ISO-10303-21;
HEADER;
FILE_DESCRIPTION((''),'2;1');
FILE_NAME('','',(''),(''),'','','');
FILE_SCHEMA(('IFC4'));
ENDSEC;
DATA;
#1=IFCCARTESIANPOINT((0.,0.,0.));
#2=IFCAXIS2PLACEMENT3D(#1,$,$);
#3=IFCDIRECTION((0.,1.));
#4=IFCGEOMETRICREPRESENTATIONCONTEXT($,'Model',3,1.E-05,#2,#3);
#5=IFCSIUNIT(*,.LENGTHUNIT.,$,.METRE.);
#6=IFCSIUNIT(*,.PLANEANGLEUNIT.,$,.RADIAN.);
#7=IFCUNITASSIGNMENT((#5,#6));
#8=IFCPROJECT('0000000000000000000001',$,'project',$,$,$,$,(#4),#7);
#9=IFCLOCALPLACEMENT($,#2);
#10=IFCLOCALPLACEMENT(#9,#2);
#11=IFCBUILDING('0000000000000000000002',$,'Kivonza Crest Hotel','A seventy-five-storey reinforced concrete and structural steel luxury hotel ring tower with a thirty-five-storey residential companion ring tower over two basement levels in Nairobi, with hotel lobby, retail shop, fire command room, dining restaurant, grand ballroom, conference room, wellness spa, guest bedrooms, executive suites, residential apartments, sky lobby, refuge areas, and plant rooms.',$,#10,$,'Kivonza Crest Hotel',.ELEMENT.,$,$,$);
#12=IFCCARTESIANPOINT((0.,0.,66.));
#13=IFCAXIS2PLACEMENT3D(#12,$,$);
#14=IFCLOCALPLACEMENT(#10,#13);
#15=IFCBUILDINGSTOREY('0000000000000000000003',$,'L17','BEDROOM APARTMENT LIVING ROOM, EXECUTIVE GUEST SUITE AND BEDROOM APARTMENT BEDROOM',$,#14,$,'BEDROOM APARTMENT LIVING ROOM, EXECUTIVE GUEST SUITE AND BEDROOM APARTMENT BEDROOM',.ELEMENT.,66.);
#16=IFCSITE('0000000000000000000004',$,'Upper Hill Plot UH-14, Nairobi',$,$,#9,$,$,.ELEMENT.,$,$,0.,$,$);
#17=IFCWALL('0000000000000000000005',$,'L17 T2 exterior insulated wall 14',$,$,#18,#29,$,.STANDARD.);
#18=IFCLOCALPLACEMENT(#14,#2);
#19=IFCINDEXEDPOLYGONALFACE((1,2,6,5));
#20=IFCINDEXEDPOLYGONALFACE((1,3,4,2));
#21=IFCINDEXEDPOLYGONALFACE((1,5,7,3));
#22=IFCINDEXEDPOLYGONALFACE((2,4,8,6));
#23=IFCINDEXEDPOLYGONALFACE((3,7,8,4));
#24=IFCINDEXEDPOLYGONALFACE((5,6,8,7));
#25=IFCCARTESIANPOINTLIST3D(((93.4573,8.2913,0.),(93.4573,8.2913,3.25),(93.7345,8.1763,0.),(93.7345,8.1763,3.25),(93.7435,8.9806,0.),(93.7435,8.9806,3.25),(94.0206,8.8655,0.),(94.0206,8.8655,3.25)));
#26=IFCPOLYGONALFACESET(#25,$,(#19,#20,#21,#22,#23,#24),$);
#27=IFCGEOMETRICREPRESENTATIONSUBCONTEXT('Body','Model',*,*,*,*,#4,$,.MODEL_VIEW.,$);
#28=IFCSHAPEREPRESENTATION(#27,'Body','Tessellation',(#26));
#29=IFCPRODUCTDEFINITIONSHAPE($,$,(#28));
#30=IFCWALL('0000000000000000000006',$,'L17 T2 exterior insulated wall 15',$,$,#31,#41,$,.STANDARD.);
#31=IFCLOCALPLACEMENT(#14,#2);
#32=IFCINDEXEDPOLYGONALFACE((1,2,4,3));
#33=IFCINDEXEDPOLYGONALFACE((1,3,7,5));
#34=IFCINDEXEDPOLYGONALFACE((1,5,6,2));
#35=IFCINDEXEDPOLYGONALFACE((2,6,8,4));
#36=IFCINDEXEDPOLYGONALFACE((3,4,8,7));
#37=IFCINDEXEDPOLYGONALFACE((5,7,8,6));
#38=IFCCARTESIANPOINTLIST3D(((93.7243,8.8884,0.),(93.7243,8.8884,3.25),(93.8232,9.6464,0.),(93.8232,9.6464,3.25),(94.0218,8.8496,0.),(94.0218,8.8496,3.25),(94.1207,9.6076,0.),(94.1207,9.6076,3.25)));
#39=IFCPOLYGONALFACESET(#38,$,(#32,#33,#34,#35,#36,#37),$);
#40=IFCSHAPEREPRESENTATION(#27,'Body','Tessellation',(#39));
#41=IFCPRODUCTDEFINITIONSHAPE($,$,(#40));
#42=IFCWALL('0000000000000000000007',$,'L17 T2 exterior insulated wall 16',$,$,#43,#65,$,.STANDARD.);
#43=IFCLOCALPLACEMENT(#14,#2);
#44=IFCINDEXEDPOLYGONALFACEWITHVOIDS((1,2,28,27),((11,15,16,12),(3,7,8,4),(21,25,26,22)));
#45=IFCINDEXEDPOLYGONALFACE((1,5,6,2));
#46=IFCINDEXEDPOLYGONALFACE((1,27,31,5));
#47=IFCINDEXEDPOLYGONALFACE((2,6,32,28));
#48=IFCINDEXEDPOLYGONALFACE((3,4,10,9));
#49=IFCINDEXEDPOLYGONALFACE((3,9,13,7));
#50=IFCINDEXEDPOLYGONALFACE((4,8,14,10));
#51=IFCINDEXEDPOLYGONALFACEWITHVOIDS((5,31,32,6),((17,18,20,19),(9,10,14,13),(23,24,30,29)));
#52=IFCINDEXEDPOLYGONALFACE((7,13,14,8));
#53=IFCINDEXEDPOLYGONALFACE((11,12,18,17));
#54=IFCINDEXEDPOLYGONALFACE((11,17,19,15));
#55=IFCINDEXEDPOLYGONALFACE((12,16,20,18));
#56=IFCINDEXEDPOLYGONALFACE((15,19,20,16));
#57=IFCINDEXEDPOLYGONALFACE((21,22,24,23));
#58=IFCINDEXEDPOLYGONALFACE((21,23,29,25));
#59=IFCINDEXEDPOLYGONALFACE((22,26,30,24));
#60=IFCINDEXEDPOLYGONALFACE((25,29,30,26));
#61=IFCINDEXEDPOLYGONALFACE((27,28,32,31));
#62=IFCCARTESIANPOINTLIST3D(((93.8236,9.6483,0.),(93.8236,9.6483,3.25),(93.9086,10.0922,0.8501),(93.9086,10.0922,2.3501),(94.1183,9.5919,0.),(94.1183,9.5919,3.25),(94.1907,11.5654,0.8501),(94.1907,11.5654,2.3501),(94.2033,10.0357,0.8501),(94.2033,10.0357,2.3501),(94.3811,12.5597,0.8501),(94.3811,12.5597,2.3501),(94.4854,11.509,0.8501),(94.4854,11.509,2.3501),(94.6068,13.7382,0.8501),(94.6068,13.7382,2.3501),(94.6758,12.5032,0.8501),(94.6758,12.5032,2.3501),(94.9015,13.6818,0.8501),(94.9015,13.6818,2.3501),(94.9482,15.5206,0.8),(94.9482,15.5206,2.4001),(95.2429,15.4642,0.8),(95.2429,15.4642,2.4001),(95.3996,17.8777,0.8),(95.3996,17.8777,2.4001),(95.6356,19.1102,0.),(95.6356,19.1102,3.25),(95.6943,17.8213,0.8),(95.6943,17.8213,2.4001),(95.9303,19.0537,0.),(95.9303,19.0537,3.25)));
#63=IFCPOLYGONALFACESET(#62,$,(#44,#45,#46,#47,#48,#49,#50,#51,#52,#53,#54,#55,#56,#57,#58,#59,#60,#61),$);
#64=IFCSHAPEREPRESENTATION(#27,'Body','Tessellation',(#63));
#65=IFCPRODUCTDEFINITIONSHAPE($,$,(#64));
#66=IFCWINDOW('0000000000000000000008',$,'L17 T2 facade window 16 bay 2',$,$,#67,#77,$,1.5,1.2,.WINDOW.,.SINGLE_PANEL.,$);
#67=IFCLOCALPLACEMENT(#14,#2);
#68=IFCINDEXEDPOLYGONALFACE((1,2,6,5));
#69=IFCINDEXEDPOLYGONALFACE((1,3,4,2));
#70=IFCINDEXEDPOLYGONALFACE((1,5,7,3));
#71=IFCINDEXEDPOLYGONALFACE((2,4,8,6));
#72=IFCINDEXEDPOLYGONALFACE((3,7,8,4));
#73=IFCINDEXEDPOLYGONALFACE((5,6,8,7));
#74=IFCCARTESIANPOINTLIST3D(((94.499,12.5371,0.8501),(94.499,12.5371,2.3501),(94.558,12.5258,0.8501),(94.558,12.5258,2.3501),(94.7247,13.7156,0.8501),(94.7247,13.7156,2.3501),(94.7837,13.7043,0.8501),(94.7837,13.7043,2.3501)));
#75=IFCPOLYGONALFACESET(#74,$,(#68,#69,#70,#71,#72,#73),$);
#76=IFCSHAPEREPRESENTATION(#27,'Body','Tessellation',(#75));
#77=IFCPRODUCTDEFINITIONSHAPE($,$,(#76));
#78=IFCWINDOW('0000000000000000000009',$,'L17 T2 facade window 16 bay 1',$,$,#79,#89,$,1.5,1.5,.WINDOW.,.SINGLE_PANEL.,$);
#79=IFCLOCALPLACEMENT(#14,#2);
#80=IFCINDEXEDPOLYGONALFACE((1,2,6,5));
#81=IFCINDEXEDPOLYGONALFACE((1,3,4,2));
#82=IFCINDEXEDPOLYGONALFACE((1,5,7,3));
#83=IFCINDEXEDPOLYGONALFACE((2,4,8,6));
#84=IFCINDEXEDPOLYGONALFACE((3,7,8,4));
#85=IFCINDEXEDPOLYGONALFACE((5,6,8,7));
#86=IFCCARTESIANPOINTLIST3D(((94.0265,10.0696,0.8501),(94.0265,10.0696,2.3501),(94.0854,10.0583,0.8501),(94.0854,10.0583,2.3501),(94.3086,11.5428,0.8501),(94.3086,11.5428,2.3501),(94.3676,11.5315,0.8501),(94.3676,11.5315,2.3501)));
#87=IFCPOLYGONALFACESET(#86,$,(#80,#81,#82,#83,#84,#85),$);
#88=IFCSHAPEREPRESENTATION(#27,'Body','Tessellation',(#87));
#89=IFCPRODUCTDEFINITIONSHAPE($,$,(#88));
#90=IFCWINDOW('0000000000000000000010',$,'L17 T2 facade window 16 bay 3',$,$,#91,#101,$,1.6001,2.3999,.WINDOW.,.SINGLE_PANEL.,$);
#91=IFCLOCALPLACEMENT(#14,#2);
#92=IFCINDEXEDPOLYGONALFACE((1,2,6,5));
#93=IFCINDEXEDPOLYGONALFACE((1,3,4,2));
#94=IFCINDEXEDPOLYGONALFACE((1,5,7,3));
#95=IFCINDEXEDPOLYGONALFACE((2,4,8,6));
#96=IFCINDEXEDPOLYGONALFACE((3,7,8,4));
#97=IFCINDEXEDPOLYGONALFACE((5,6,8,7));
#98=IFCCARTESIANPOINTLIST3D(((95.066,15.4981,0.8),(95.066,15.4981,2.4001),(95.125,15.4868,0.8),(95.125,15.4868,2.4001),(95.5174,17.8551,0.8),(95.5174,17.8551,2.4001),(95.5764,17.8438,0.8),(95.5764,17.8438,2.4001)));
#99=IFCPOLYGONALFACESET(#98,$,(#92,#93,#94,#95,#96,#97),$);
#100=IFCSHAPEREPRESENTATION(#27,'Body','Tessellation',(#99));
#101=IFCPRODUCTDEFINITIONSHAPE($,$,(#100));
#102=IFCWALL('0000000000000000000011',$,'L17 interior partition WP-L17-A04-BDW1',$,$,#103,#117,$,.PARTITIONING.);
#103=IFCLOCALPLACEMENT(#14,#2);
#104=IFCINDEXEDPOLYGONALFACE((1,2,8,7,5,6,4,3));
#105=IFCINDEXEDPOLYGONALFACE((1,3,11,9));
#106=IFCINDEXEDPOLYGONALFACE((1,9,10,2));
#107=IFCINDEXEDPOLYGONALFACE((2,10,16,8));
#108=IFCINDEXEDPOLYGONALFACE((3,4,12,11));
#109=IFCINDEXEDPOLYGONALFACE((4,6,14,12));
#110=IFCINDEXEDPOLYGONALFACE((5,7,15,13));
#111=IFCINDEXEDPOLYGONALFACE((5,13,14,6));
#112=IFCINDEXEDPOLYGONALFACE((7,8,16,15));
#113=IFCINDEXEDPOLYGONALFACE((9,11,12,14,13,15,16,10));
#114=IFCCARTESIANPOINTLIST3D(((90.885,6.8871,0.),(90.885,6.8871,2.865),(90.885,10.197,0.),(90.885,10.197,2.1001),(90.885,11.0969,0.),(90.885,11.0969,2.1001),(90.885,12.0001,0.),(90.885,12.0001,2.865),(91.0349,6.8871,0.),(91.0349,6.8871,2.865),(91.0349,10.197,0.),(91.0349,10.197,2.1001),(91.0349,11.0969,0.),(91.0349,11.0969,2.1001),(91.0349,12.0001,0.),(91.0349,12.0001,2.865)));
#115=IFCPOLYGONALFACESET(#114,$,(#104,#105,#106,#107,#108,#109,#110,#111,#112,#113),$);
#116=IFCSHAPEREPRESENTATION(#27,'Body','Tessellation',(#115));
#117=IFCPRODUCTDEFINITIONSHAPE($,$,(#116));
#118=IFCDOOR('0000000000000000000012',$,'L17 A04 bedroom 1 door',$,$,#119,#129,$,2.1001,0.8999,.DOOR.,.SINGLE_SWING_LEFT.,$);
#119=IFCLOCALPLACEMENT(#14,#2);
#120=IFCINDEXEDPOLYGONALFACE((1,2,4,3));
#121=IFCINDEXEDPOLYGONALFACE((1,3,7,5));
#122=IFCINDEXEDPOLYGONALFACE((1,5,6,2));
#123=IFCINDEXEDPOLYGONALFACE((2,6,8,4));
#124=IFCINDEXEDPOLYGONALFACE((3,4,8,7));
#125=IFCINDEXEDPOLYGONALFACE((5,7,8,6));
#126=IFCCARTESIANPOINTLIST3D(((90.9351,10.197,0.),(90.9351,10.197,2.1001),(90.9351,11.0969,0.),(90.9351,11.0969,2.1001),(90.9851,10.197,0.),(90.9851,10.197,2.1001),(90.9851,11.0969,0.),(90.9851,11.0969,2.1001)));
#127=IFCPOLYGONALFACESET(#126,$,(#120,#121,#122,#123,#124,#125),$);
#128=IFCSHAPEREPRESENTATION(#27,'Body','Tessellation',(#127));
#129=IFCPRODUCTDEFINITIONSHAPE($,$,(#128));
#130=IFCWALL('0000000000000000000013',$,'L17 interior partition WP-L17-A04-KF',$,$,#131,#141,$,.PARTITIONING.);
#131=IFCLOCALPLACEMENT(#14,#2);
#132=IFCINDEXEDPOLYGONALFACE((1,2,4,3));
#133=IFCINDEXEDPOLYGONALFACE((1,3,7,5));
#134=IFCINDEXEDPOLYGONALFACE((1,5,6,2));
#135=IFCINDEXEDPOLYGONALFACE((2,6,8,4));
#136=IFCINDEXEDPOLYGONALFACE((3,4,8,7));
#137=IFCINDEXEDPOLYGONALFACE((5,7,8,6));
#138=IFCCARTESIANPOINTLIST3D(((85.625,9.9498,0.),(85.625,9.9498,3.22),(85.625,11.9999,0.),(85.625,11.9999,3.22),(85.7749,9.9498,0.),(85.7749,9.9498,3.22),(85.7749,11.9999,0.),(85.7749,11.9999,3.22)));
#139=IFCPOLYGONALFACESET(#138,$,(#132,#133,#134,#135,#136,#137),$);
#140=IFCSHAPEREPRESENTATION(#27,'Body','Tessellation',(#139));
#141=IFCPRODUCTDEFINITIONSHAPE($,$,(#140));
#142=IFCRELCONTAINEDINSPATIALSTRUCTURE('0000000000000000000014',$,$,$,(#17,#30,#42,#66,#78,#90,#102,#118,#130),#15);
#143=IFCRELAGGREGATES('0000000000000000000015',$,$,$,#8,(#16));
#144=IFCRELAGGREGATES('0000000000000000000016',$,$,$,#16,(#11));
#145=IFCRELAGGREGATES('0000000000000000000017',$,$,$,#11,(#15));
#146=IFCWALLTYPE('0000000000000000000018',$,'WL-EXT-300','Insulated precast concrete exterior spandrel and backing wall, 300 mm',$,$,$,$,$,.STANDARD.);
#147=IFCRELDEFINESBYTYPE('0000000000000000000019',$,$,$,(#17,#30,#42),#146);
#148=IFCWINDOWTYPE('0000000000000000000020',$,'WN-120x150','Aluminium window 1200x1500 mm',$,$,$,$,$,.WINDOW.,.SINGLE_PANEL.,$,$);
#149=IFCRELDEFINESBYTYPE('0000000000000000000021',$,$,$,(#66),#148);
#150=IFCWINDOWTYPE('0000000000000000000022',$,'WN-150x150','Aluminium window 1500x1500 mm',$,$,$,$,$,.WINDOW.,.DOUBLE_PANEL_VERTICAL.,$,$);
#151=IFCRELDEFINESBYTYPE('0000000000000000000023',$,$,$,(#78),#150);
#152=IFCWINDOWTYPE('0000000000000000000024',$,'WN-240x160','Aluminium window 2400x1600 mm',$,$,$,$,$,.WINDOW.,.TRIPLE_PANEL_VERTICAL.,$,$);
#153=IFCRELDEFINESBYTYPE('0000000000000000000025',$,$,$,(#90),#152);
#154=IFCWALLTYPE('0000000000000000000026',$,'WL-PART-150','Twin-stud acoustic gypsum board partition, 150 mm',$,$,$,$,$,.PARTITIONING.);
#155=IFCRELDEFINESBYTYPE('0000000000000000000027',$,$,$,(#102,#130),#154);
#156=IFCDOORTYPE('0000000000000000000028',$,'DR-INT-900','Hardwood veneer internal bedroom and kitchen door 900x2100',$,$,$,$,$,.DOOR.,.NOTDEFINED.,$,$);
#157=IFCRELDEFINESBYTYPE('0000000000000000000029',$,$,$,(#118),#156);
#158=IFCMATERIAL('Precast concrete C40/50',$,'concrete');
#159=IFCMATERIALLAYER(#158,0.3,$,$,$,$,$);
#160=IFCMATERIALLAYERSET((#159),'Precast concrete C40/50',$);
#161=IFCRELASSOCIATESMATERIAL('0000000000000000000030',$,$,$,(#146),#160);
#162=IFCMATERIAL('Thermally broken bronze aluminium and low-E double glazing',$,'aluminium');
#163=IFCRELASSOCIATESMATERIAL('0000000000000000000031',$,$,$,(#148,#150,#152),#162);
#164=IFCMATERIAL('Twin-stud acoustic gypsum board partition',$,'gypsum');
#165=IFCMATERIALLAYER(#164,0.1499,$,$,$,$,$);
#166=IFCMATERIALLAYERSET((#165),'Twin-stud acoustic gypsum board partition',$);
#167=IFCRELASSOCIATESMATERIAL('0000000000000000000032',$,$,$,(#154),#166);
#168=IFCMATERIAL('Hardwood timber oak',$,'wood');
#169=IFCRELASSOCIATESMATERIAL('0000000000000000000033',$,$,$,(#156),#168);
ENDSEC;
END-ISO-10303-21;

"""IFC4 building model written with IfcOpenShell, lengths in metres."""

from ifc_helpers import new_model, si_unit, direction, frame, frame_2d, origin, place, context, subcontext, project, spatial, rectangle, extrude, material, layer, layer_set, type_object, element, fill, save


model = new_model("IFC4")

# Units and contexts
model_context = context("Model", 3, precision=1e-05, world=origin(), true_north=direction((0.0, 1.0)))
body_context = subcontext(model_context, "Body", "Model", "MODEL_VIEW")
ifc_project = project(units=[si_unit("LENGTHUNIT", "METRE"), si_unit("PLANEANGLEUNIT", "RADIAN")], contexts=[model_context])

# Site, building, storey
site_placement = place(None, origin())
site = spatial("IfcSite", under=ifc_project, at=site_placement, Name="Upper Hill Plot UH-14, Nairobi", CompositionType="ELEMENT", RefElevation=0.0)
building_placement = place(site_placement, origin())
building = spatial("IfcBuilding", under=site, at=building_placement, Name="Kivonza Crest Hotel", Description="A seventy-five-storey reinforced concrete and structural steel luxury hotel ring tower with a thirty-five-storey residential companion ring tower over two basement levels in Nairobi, with hotel lobby, retail shop, fire command room, dining restaurant, grand ballroom, conference room, wellness spa, guest bedrooms, executive suites, residential apartments, sky lobby, refuge areas, and plant rooms.", LongName="Kivonza Crest Hotel", CompositionType="ELEMENT")
storey_placement = place(building_placement, frame((0.0, 0.0, 66.0)))
storey = spatial("IfcBuildingStorey", under=building, at=storey_placement, Name="L17", Description="BEDROOM APARTMENT LIVING ROOM, EXECUTIVE GUEST SUITE AND BEDROOM APARTMENT BEDROOM", LongName="BEDROOM APARTMENT LIVING ROOM, EXECUTIVE GUEST SUITE AND BEDROOM APARTMENT BEDROOM", CompositionType="ELEMENT", Elevation=66.0)

# Shared definitions
ifc_material_1 = material(Name="Hardwood timber oak", Category="wood")

# Walls
ifc_material_2 = material(Name="Precast concrete C40/50", Category="concrete")
ifc_layer_1 = layer(ifc_material_2, 0.3)
ifc_layer_set_1 = layer_set([ifc_layer_1], Name="Precast concrete C40/50")
wall_type_1 = type_object("IfcWallType", Name="WL-EXT-300", Description="Insulated precast concrete exterior spandrel and backing wall, 300 mm", PredefinedType="STANDARD", material=ifc_layer_set_1)
wall_1_placement = place(storey_placement, frame((93.5959, 8.2339, 0.0), z_axis=(0.0, 0.0, 1.0), x_axis=(0.38343, 0.92357, 0.0)))
element("IfcWall", 1, at=wall_1_placement, inside=storey, type_object=wall_type_1, Name="L17 T2 exterior insulated wall 14", PredefinedType="STANDARD", context=body_context, shape_type="SweptSolid", body=[
    extrude(rectangle(XDim=0.7463, YDim=0.3, at=frame_2d((0.373, 0.0))), origin(), (0.0, 0.0, 1.0), 3.25),
])
wall_2_placement = place(storey_placement, frame((93.873, 8.8689, 0.0), z_axis=(0.0, 0.0, 1.0), x_axis=(0.129339, 0.9916, 0.0)))
element("IfcWall", 2, at=wall_2_placement, inside=storey, type_object=wall_type_1, Name="L17 T2 exterior insulated wall 15", PredefinedType="STANDARD", context=body_context, shape_type="SweptSolid", body=[
    extrude(rectangle(XDim=0.7644, YDim=0.3, at=frame_2d((0.3823, 0.0))), origin(), (0.0, 0.0, 1.0), 3.25),
])

# Wall, openings, windows
wall_3_placement = place(storey_placement, frame((93.9709, 9.6201, 0.0), z_axis=(0.0, 0.0, 1.0), x_axis=(0.188088, 0.982152, 0.0)))
wall_3 = element("IfcWall", 3, at=wall_3_placement, inside=storey, type_object=wall_type_1, Name="L17 T2 exterior insulated wall 16", PredefinedType="STANDARD", context=body_context, shape_type="SweptSolid", body=[
    extrude(rectangle(XDim=9.6338, YDim=0.3, at=frame_2d((4.8169, 0.0))), origin(), (0.0, 0.0, 1.0), 3.25),
])
opening_1_placement = place(wall_3_placement, frame((0.4519, 0.0, 0.8501)))
opening_1 = element("IfcOpeningElement", 4, at=opening_1_placement, cuts=wall_3, PredefinedType="OPENING", context=body_context, shape_type="SweptSolid", body=[
    extrude(rectangle(XDim=1.5, YDim=1.5, at=frame_2d((0.75, 0.75))), frame((0.0, 0.1602, 0.0), z_axis=(0.0, -1.0, 0.0), x_axis=(1.0, 0.0, 0.0)), (0.0, 0.0, 1.0), 0.3201),
])
opening_2_placement = place(wall_3_placement, frame((2.9641, 0.0, 0.8501)))
opening_2 = element("IfcOpeningElement", 5, at=opening_2_placement, cuts=wall_3, PredefinedType="OPENING", context=body_context, shape_type="SweptSolid", body=[
    extrude(rectangle(XDim=1.2, YDim=1.5, at=frame_2d((0.6001, 0.75))), frame((0.0, 0.1602, 0.0), z_axis=(0.0, -1.0, 0.0), x_axis=(1.0, 0.0, 0.0)), (0.0, 0.0, 1.0), 0.3201),
])
opening_3_placement = place(wall_3_placement, frame((5.979, 0.0, 0.8)))
opening_3 = element("IfcOpeningElement", 6, at=opening_3_placement, cuts=wall_3, PredefinedType="OPENING", context=body_context, shape_type="SweptSolid", body=[
    extrude(rectangle(XDim=2.3999, YDim=1.6001, at=frame_2d((1.2, 0.8))), frame((0.0, 0.1602, 0.0), z_axis=(0.0, -1.0, 0.0), x_axis=(1.0, 0.0, 0.0)), (0.0, 0.0, 1.0), 0.3201),
])
ifc_material_3 = material(Name="Thermally broken bronze aluminium and low-E double glazing", Category="aluminium")
window_type_1 = type_object("IfcWindowType", Name="WN-120x150", Description="Aluminium window 1200x1500 mm", PartitioningType="SINGLE_PANEL", PredefinedType="WINDOW", material=ifc_material_3)
window_1_placement = place(opening_2_placement, origin())
window_1 = element("IfcWindow", 7, at=window_1_placement, inside=storey, type_object=window_type_1, Name="L17 T2 facade window 16 bay 2", OverallHeight=1.5, OverallWidth=1.2, PartitioningType="SINGLE_PANEL", PredefinedType="WINDOW", context=body_context, shape_type="SweptSolid", body=[
    extrude(rectangle(XDim=1.2, YDim=1.5, at=frame_2d((0.6001, 0.75))), frame((0.0, 0.03, 0.0), z_axis=(0.0, -1.0, 0.0), x_axis=(1.0, 0.0, 0.0)), (0.0, 0.0, 1.0), 0.0601),
])
fill(opening_2, window_1)
window_type_2 = type_object("IfcWindowType", Name="WN-150x150", Description="Aluminium window 1500x1500 mm", PartitioningType="DOUBLE_PANEL_VERTICAL", PredefinedType="WINDOW", material=ifc_material_3)
window_2_placement = place(opening_1_placement, origin())
window_2 = element("IfcWindow", 8, at=window_2_placement, inside=storey, type_object=window_type_2, Name="L17 T2 facade window 16 bay 1", OverallHeight=1.5, OverallWidth=1.5, PartitioningType="SINGLE_PANEL", PredefinedType="WINDOW", context=body_context, shape_type="SweptSolid", body=[
    extrude(rectangle(XDim=1.5, YDim=1.5, at=frame_2d((0.75, 0.75))), frame((0.0, 0.03, 0.0), z_axis=(0.0, -1.0, 0.0), x_axis=(1.0, 0.0, 0.0)), (0.0, 0.0, 1.0), 0.0601),
])
fill(opening_1, window_2)
window_type_3 = type_object("IfcWindowType", Name="WN-240x160", Description="Aluminium window 2400x1600 mm", PartitioningType="TRIPLE_PANEL_VERTICAL", PredefinedType="WINDOW", material=ifc_material_3)
window_3_placement = place(opening_3_placement, origin())
window_3 = element("IfcWindow", 9, at=window_3_placement, inside=storey, type_object=window_type_3, Name="L17 T2 facade window 16 bay 3", OverallHeight=1.6001, OverallWidth=2.3999, PartitioningType="SINGLE_PANEL", PredefinedType="WINDOW", context=body_context, shape_type="SweptSolid", body=[
    extrude(rectangle(XDim=2.3999, YDim=1.6001, at=frame_2d((1.2, 0.8))), frame((0.0, 0.03, 0.0), z_axis=(0.0, -1.0, 0.0), x_axis=(1.0, 0.0, 0.0)), (0.0, 0.0, 1.0), 0.0601),
])
fill(opening_3, window_3)

# Wall, opening, door
ifc_material_4 = material(Name="Twin-stud acoustic gypsum board partition", Category="gypsum")
ifc_layer_2 = layer(ifc_material_4, 0.1499)
ifc_layer_set_2 = layer_set([ifc_layer_2], Name="Twin-stud acoustic gypsum board partition")
wall_type_2 = type_object("IfcWallType", Name="WL-PART-150", Description="Twin-stud acoustic gypsum board partition, 150 mm", PredefinedType="PARTITIONING", material=ifc_layer_set_2)
wall_4_placement = place(storey_placement, frame((90.96, 6.887, 0.0), z_axis=(0.0, 0.0, 1.0), x_axis=(0.0, 1.0, 0.0)))
wall_4 = element("IfcWall", 10, at=wall_4_placement, inside=storey, type_object=wall_type_2, Name="L17 interior partition WP-L17-A04-BDW1", PredefinedType="PARTITIONING", context=body_context, shape_type="SweptSolid", body=[
    extrude(rectangle(XDim=5.113, YDim=0.1499, at=frame_2d((2.5566, 0.0))), origin(), (0.0, 0.0, 1.0), 2.865),
])
opening_4_placement = place(wall_4_placement, frame((3.3101, 0.0, 0.0)))
opening_4 = element("IfcOpeningElement", 11, at=opening_4_placement, cuts=wall_4, PredefinedType="OPENING", context=body_context, shape_type="SweptSolid", body=[
    extrude(rectangle(XDim=0.8999, YDim=2.1001, at=frame_2d((0.45, 1.05))), frame((0.0, 0.085, 0.0), z_axis=(0.0, -1.0, 0.0), x_axis=(1.0, 0.0, 0.0)), (0.0, 0.0, 1.0), 0.1699),
])
door_type_1 = type_object("IfcDoorType", Name="DR-INT-900", Description="Hardwood veneer internal bedroom and kitchen door 900x2100", OperationType="NOTDEFINED", PredefinedType="DOOR", material=ifc_material_1)
door_1_placement = place(opening_4_placement, origin())
door_1 = element("IfcDoor", 12, at=door_1_placement, inside=storey, type_object=door_type_1, Name="L17 A04 bedroom 1 door", OperationType="SINGLE_SWING_LEFT", OverallHeight=2.1001, OverallWidth=0.8999, PredefinedType="DOOR", context=body_context, shape_type="SweptSolid", body=[
    extrude(rectangle(XDim=0.8999, YDim=2.1001, at=frame_2d((0.45, 1.05))), frame((0.0, 0.0249, 0.0), z_axis=(0.0, -1.0, 0.0), x_axis=(1.0, 0.0, 0.0)), (0.0, 0.0, 1.0), 0.05),
])
fill(opening_4, door_1)

# Wall
wall_5_placement = place(storey_placement, frame((85.7, 9.95, 0.0), z_axis=(0.0, 0.0, 1.0), x_axis=(0.0, 1.0, 0.0)))
element("IfcWall", 13, at=wall_5_placement, inside=storey, type_object=wall_type_2, Name="L17 interior partition WP-L17-A04-KF", PredefinedType="PARTITIONING", context=body_context, shape_type="SweptSolid", body=[
    extrude(rectangle(XDim=2.05, YDim=0.1499, at=frame_2d((1.0249, 0.0))), origin(), (0.0, 0.0, 1.0), 3.22),
])

save(model, "model.ifc")
